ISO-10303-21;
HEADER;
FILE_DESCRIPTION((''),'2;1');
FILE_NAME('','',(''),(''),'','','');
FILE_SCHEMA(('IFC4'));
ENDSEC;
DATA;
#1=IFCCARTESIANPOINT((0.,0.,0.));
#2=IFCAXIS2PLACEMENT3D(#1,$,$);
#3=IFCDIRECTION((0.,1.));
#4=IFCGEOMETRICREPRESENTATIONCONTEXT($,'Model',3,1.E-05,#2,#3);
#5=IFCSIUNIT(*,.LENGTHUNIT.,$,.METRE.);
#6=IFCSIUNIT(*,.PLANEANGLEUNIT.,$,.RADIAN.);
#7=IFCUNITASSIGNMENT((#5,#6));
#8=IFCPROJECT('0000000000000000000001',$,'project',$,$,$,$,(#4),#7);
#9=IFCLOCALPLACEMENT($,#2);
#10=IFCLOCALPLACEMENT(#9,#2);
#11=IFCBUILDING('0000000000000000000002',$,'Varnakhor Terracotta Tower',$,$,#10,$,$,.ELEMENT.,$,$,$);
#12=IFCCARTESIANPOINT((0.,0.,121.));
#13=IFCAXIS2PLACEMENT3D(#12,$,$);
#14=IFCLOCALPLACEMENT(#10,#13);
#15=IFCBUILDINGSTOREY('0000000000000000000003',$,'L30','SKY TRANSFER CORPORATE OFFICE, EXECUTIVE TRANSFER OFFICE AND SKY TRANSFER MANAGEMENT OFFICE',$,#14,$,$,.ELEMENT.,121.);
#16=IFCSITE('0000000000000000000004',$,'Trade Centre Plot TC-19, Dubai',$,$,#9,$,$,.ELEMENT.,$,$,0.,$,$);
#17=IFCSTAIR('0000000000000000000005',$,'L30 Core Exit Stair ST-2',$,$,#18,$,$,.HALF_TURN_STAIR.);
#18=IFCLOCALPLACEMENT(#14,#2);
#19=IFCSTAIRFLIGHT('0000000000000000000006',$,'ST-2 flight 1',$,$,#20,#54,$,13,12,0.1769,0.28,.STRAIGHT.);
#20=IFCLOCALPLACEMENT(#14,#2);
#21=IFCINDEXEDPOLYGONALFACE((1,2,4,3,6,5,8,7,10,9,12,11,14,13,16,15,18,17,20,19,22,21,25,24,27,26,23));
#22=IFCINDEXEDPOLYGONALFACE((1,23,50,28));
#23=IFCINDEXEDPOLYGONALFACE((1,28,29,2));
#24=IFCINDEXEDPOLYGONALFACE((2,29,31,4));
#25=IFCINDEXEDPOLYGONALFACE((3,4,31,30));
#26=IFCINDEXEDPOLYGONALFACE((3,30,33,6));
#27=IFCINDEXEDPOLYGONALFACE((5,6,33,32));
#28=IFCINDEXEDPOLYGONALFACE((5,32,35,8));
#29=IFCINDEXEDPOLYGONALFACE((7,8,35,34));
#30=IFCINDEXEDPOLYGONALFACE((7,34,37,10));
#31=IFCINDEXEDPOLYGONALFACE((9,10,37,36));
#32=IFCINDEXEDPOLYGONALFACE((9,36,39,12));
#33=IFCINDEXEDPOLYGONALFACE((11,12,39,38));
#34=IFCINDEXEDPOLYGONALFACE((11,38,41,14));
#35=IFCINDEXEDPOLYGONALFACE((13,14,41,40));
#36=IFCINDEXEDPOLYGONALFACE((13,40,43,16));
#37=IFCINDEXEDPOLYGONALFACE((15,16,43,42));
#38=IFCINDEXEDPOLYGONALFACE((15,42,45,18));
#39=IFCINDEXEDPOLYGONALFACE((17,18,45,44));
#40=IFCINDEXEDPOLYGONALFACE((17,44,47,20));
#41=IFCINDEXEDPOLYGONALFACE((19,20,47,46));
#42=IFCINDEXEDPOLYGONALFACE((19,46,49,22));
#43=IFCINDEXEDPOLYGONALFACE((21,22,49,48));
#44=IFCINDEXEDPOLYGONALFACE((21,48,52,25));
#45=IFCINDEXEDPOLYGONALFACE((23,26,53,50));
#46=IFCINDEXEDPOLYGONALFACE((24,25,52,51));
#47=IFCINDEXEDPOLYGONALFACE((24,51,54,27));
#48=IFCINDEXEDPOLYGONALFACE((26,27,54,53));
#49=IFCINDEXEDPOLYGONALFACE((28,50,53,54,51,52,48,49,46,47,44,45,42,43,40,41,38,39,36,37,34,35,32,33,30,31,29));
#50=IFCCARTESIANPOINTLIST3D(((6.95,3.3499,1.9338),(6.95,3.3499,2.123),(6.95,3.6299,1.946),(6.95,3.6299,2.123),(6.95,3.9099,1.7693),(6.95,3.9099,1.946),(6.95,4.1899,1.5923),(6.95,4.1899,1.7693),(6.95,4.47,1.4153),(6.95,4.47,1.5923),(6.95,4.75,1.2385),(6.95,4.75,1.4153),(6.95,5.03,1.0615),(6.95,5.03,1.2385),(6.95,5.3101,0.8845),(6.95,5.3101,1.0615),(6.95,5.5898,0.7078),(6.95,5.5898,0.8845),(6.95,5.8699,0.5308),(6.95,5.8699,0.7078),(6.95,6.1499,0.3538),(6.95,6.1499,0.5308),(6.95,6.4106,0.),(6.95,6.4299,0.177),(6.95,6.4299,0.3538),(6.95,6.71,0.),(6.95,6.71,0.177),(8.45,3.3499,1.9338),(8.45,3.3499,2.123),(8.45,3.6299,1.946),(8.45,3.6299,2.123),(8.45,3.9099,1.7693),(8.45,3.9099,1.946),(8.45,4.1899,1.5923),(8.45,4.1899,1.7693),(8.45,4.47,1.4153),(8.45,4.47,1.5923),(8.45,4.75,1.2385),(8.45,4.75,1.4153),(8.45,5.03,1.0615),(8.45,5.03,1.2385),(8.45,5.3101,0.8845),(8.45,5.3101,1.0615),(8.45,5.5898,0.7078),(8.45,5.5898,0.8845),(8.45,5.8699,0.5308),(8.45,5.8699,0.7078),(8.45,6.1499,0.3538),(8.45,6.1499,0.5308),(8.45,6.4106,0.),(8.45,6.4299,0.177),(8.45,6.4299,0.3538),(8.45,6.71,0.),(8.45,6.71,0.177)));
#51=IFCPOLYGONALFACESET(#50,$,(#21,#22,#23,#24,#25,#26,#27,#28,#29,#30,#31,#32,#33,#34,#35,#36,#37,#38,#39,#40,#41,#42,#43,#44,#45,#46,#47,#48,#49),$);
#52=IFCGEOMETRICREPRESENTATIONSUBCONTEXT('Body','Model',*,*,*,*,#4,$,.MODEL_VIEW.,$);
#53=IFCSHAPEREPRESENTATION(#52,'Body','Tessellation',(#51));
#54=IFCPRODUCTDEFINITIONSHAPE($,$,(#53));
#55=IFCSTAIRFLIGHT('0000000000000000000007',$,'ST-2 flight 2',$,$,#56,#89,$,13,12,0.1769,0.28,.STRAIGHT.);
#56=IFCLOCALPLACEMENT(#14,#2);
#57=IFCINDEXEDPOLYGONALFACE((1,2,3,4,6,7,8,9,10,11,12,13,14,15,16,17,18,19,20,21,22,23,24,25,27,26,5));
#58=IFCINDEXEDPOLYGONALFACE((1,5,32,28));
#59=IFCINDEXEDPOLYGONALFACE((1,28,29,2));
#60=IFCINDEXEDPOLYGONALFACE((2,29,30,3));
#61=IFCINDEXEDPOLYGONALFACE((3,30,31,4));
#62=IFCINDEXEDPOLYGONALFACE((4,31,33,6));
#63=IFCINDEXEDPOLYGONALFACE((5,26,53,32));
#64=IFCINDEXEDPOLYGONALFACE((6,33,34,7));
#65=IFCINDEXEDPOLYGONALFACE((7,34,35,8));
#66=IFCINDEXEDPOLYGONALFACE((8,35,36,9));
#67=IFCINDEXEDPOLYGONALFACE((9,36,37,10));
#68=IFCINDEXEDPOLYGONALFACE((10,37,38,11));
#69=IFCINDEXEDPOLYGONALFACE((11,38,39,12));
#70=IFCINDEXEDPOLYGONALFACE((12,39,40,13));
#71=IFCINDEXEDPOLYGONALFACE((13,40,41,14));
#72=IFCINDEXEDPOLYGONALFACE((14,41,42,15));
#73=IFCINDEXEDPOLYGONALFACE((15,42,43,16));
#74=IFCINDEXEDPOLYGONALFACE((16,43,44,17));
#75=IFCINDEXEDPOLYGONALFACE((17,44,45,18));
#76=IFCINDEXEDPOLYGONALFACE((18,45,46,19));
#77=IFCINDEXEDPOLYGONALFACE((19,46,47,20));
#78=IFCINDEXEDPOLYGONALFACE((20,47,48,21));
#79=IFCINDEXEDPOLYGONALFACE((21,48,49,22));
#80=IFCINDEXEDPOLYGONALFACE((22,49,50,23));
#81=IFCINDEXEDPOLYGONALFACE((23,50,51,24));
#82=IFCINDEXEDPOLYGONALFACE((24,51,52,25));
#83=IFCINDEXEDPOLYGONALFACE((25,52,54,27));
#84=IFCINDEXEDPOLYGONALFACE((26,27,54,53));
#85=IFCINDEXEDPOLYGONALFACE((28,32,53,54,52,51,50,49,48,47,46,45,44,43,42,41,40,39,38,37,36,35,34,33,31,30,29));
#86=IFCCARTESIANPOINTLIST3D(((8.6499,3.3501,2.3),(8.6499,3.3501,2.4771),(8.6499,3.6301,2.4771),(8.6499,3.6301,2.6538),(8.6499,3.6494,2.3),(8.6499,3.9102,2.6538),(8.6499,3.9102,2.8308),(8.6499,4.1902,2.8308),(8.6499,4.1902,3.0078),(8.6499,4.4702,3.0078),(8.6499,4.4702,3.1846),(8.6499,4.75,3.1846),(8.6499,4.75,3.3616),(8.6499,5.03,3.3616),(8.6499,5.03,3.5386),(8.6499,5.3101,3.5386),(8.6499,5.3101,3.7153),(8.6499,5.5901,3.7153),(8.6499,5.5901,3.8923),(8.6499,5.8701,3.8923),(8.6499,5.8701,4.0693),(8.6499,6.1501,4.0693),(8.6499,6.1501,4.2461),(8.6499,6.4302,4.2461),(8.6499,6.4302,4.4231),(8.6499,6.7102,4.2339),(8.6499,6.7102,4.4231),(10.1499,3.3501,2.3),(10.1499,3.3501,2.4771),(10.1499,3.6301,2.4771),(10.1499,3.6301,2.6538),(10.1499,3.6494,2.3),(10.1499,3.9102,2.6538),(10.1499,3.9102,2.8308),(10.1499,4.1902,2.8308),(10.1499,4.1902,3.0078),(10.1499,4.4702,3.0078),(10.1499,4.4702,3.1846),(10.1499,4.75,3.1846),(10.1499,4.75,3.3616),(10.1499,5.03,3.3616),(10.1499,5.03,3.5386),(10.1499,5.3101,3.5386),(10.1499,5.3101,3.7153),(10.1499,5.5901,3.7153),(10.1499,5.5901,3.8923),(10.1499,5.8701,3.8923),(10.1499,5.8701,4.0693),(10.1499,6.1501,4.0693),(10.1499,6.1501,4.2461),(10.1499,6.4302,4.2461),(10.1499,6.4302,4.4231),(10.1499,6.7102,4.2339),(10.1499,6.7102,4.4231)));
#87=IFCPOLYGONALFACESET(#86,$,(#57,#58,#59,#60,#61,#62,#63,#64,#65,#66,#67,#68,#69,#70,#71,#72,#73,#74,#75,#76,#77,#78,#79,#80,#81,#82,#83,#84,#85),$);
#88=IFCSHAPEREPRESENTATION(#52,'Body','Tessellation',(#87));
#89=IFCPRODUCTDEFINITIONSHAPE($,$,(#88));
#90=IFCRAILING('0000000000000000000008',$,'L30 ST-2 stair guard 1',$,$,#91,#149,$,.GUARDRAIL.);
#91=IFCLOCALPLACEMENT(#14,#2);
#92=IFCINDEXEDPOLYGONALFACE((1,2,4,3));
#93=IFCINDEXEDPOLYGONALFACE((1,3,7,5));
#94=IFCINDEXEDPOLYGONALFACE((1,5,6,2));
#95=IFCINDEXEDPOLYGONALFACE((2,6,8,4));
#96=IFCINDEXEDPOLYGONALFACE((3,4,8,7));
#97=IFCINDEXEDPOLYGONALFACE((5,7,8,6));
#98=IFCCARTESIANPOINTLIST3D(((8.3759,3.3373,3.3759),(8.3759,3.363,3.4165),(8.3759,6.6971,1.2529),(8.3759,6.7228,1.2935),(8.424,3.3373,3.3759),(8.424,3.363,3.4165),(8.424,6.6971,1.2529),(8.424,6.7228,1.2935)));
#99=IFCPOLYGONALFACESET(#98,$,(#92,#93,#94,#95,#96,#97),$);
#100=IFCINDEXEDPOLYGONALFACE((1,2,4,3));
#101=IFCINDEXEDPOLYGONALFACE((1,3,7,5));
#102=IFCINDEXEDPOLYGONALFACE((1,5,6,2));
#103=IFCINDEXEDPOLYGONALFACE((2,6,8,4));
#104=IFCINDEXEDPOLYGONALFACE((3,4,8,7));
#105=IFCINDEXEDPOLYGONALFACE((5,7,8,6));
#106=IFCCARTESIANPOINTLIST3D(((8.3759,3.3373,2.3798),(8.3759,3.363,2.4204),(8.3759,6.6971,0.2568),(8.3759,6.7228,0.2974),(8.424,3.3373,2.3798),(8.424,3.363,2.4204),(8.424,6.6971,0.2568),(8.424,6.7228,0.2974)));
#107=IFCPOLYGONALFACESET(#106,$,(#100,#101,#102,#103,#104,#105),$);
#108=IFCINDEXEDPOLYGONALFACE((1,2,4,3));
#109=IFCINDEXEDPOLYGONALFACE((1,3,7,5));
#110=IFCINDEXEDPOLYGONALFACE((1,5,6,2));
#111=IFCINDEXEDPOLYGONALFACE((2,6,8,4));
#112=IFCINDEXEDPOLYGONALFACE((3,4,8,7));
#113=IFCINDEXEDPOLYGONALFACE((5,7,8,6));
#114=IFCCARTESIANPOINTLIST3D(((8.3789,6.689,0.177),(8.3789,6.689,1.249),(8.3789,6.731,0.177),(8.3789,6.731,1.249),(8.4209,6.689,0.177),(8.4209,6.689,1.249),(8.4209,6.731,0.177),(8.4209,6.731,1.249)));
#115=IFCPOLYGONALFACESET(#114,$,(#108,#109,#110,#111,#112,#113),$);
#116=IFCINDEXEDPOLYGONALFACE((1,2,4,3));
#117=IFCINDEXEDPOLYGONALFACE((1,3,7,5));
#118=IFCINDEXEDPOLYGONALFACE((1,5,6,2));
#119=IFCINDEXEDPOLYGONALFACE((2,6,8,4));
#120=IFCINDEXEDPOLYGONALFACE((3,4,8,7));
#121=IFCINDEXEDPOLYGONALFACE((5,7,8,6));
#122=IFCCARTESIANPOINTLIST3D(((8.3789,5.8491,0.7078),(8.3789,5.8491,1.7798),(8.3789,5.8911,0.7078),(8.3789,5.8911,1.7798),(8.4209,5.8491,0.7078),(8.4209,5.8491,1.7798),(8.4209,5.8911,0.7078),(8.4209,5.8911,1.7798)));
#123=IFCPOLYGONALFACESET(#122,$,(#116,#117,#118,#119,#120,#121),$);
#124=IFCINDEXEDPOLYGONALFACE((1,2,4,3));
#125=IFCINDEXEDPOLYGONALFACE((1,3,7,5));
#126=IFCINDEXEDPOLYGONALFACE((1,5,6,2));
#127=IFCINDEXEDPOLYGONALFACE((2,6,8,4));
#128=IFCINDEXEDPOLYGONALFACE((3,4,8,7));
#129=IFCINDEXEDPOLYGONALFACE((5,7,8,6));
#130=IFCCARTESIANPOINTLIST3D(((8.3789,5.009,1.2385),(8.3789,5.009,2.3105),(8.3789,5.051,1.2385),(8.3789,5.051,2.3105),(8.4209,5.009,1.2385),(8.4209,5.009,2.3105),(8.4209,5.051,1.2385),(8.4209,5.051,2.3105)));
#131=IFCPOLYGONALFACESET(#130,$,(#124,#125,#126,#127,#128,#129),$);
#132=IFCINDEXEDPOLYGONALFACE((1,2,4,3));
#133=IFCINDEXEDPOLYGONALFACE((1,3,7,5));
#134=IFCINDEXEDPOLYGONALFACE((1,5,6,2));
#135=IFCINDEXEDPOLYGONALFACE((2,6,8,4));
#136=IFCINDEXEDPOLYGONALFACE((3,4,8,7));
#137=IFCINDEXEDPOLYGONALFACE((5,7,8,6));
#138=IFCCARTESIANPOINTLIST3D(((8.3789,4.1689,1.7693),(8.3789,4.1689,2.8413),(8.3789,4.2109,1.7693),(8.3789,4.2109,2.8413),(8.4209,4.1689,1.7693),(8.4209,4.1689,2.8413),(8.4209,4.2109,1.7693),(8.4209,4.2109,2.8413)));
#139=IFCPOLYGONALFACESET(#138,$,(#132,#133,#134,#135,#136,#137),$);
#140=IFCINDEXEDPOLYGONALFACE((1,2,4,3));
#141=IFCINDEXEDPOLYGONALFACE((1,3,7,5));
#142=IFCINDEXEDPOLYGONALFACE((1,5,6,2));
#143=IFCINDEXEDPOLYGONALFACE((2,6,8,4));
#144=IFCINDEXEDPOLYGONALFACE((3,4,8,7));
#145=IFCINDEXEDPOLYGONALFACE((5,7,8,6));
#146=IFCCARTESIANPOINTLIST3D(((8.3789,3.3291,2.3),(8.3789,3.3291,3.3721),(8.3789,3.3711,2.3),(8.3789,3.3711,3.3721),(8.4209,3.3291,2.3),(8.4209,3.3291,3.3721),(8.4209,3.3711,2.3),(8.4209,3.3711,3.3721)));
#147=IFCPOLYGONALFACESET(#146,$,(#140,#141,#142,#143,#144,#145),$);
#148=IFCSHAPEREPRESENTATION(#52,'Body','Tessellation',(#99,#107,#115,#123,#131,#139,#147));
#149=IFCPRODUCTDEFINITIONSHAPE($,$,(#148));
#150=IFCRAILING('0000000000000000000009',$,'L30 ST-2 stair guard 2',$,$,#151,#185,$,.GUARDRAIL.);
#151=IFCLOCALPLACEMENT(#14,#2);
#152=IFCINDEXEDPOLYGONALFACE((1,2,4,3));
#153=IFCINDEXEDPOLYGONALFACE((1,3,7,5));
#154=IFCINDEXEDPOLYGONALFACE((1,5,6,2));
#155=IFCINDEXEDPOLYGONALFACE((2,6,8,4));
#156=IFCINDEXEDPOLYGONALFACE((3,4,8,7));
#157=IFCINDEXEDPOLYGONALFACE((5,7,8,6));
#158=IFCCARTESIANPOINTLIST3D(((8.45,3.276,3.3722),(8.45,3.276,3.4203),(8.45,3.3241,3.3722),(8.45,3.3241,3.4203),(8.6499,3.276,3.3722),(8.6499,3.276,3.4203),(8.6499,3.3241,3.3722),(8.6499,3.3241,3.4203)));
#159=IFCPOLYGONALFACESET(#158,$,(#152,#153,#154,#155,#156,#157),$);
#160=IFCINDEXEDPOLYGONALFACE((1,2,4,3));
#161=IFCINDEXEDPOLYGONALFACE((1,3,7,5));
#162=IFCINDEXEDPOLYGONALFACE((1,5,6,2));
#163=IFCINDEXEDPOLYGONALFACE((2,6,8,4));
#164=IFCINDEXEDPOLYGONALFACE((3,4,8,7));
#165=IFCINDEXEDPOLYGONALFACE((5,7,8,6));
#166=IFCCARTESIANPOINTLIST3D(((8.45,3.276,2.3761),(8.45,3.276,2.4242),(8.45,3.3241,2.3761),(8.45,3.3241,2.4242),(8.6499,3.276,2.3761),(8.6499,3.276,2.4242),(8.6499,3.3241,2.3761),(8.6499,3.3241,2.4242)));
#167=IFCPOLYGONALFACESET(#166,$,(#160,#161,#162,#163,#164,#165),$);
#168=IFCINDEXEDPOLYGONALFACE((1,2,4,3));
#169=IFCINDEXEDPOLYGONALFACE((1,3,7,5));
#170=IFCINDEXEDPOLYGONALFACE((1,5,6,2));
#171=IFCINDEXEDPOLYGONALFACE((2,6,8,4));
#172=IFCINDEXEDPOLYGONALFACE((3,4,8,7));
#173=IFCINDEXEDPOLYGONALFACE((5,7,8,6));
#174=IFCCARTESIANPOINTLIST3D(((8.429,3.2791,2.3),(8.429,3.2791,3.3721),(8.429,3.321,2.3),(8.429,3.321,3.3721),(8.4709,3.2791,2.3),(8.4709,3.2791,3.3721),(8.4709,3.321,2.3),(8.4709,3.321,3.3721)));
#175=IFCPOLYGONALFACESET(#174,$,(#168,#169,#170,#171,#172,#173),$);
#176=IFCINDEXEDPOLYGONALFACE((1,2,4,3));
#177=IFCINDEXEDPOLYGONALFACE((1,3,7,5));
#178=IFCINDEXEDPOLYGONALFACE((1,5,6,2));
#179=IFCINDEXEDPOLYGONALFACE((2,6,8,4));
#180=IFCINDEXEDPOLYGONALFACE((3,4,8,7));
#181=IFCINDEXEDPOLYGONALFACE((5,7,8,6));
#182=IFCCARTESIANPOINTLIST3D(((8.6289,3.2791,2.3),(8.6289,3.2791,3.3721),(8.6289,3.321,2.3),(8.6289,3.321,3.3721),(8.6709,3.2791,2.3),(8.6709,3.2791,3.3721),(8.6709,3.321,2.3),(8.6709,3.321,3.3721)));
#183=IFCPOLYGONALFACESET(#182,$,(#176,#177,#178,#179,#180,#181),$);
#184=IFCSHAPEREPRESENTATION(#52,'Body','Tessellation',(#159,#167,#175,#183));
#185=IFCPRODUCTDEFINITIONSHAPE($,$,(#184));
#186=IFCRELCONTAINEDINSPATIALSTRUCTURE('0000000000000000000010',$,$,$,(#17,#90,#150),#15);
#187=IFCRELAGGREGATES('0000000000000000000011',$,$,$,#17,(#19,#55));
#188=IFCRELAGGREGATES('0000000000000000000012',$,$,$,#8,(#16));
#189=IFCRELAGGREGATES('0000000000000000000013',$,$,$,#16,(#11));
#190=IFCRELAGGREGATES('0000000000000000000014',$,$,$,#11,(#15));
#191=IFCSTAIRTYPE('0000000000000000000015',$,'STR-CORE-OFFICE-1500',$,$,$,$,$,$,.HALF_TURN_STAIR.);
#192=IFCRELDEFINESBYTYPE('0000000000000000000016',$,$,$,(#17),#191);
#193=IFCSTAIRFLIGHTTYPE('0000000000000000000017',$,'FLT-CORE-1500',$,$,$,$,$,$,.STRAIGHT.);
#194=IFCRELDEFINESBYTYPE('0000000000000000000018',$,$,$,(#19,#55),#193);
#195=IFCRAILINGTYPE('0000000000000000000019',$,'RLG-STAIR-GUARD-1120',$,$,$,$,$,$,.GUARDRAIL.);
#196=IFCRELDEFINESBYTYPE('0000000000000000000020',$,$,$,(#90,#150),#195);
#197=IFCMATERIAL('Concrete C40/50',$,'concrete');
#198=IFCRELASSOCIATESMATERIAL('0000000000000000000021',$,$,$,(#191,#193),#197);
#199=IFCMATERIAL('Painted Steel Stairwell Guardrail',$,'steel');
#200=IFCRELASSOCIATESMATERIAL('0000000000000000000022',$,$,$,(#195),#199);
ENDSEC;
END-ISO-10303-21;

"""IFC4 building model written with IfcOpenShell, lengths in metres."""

from ifc_helpers import new_model, si_unit, direction, frame, origin, origin_2d, place, context, subcontext, project, spatial, polyline, rectangle, outline, extrude, material, type_object, element, aggregate, save


model = new_model("IFC4")

# Units and contexts
model_context = context("Model", 3, precision=1e-05, world=origin(), true_north=direction((0.0, 1.0)))
body_context = subcontext(model_context, "Body", "Model", "MODEL_VIEW")
ifc_project = project(units=[si_unit("LENGTHUNIT", "METRE"), si_unit("PLANEANGLEUNIT", "RADIAN")], contexts=[model_context])

# Site, building, storey
site_placement = place(None, origin())
site = spatial("IfcSite", under=ifc_project, at=site_placement, Name="Trade Centre Plot TC-19, Dubai", CompositionType="ELEMENT", RefElevation=0.0)
building_placement = place(site_placement, origin())
building = spatial("IfcBuilding", under=site, at=building_placement, Name="Varnakhor Terracotta Tower", CompositionType="ELEMENT")
storey_placement = place(building_placement, frame((0.0, 0.0, 121.0)))
storey = spatial("IfcBuildingStorey", under=building, at=storey_placement, Name="L30", Description="SKY TRANSFER CORPORATE OFFICE, EXECUTIVE TRANSFER OFFICE AND SKY TRANSFER MANAGEMENT OFFICE", CompositionType="ELEMENT", Elevation=121.0)

# Stair
ifc_material_1 = material(Name="Concrete C40/50", Category="concrete")
stair_type = type_object("IfcStairType", Name="STR-CORE-OFFICE-1500", PredefinedType="HALF_TURN_STAIR", material=ifc_material_1)
stair_1_placement = place(storey_placement, origin())
stair_1 = element("IfcStair", 1, at=stair_1_placement, inside=storey, type_object=stair_type, Name="L30 Core Exit Stair ST-2", PredefinedType="HALF_TURN_STAIR")

# Stair flights
stair_flight_type = type_object("IfcStairFlightType", Name="FLT-CORE-1500", PredefinedType="STRAIGHT", material=ifc_material_1)
stair_flight_1_placement = place(storey_placement, frame((7.7, 6.71, 0.0), z_axis=(0.0, 0.0, 1.0), x_axis=(0.0, -1.0, 0.0)))
stair_flight_1 = element("IfcStairFlight", 2, at=stair_flight_1_placement, type_object=stair_flight_type, Name="ST-2 flight 1", NumberOfRisers=13, NumberOfTreads=12, PredefinedType="STRAIGHT", RiserHeight=0.1769, TreadLength=0.28, context=body_context, shape_type="SweptSolid", body=[
    extrude(outline(polyline([(0.0, 0.0), (0.0, 0.177), (0.28, 0.177), (0.28, 0.3538), (0.5601, 0.3538), (0.5601, 0.5308), (0.8401, 0.5308), (0.8401, 0.7078), (1.1201, 0.7078), (1.1201, 0.8845), (1.3999, 0.8845), (1.3999, 1.0615), (1.6799, 1.0615), (1.6799, 1.2385), (1.96, 1.2385), (1.96, 1.4153), (2.24, 1.4153), (2.24, 1.5923), (2.52, 1.5923), (2.52, 1.7693), (2.8, 1.7693), (2.8, 1.946), (3.0801, 1.946), (3.0801, 2.123), (3.3601, 2.123), (3.3601, 2.3), (3.3601, 1.9338), (0.2993, 0.0), (0.0, 0.0)])), frame((0.0, 0.75, 0.0), z_axis=(0.0, -1.0, 0.0), x_axis=(1.0, 0.0, 0.0)), (0.0, 0.0, 1.0), 1.5),
])
stair_flight_2_placement = place(storey_placement, frame((9.3999, 3.3501, 2.3), z_axis=(0.0, 0.0, 1.0), x_axis=(0.0, 1.0, 0.0)))
stair_flight_2 = element("IfcStairFlight", 3, at=stair_flight_2_placement, type_object=stair_flight_type, Name="ST-2 flight 2", NumberOfRisers=13, NumberOfTreads=12, PredefinedType="STRAIGHT", RiserHeight=0.1769, TreadLength=0.28, context=body_context, shape_type="SweptSolid", body=[
    extrude(outline(polyline([(0.0, 0.0), (0.0, 0.177), (0.28, 0.177), (0.28, 0.3538), (0.5601, 0.3538), (0.5601, 0.5308), (0.8401, 0.5308), (0.8401, 0.7078), (1.1201, 0.7078), (1.1201, 0.8845), (1.3999, 0.8845), (1.3999, 1.0615), (1.6799, 1.0615), (1.6799, 1.2385), (1.96, 1.2385), (1.96, 1.4153), (2.24, 1.4153), (2.24, 1.5923), (2.52, 1.5923), (2.52, 1.7693), (2.8, 1.7693), (2.8, 1.946), (3.0801, 1.946), (3.0801, 2.123), (3.3601, 2.123), (3.3601, 2.3), (3.3601, 1.9338), (0.2993, 0.0), (0.0, 0.0)])), frame((0.0, 0.75, 0.0), z_axis=(0.0, -1.0, 0.0), x_axis=(1.0, 0.0, 0.0)), (0.0, 0.0, 1.0), 1.5),
])
aggregate(stair_1, [stair_flight_1, stair_flight_2])

# Railings
ifc_material_2 = material(Name="Painted Steel Stairwell Guardrail", Category="steel")
railing_type_1 = type_object("IfcRailingType", Name="RLG-STAIR-GUARD-1120", PredefinedType="GUARDRAIL", material=ifc_material_2)
railing_1_placement = place(storey_placement, frame((8.3999, 6.71, 0.177)))
element("IfcRailing", 4, at=railing_1_placement, inside=storey, type_object=railing_type_1, Name="L30 ST-2 stair guard 1", PredefinedType="GUARDRAIL", context=body_context, shape_type="SweptSolid", body=[
    extrude(rectangle(XDim=0.0481, YDim=0.0481, at=origin_2d()), frame((0.0, 0.0, 1.0962), z_axis=(0.0, -0.845372, 0.534178), x_axis=(1.0, 0.0, 0.0)), (0.0, 0.0, 1.0), 3.9744),
    extrude(rectangle(XDim=0.0481, YDim=0.0481, at=origin_2d()), frame((0.0, 0.0, 0.1001), z_axis=(0.0, -0.845372, 0.534178), x_axis=(1.0, 0.0, 0.0)), (0.0, 0.0, 1.0), 3.9744),
    extrude(rectangle(XDim=0.042, YDim=0.042, at=origin_2d()), origin(), (0.0, 0.0, 1.0), 1.072),
    extrude(rectangle(XDim=0.042, YDim=0.042, at=origin_2d()), frame((0.0, -0.8398, 0.5308)), (0.0, 0.0, 1.0), 1.072),
    extrude(rectangle(XDim=0.042, YDim=0.042, at=origin_2d()), frame((0.0, -1.6799, 1.0615)), (0.0, 0.0, 1.0), 1.072),
    extrude(rectangle(XDim=0.042, YDim=0.042, at=origin_2d()), frame((0.0, -2.52, 1.5923)), (0.0, 0.0, 1.0), 1.072),
    extrude(rectangle(XDim=0.042, YDim=0.042, at=origin_2d()), frame((0.0, -3.3599, 2.123)), (0.0, 0.0, 1.0), 1.072),
])
railing_2_placement = place(storey_placement, frame((8.45, 3.3, 2.3)))
element("IfcRailing", 5, at=railing_2_placement, inside=storey, type_object=railing_type_1, Name="L30 ST-2 stair guard 2", PredefinedType="GUARDRAIL", context=body_context, shape_type="SweptSolid", body=[
    extrude(rectangle(XDim=0.0481, YDim=0.0481, at=origin_2d()), frame((0.0, 0.0, 1.0962), z_axis=(1.0, 0.0, 0.0), x_axis=(0.0, 1.0, 0.0)), (0.0, 0.0, 1.0), 0.2),
    extrude(rectangle(XDim=0.0481, YDim=0.0481, at=origin_2d()), frame((0.0, 0.0, 0.1001), z_axis=(1.0, 0.0, 0.0), x_axis=(0.0, 1.0, 0.0)), (0.0, 0.0, 1.0), 0.2),
    extrude(rectangle(XDim=0.042, YDim=0.042, at=origin_2d()), origin(), (0.0, 0.0, 1.0), 1.072),
    extrude(rectangle(XDim=0.042, YDim=0.042, at=origin_2d()), frame((0.2, 0.0, 0.0)), (0.0, 0.0, 1.0), 1.072),
])

save(model, "model.ifc")
